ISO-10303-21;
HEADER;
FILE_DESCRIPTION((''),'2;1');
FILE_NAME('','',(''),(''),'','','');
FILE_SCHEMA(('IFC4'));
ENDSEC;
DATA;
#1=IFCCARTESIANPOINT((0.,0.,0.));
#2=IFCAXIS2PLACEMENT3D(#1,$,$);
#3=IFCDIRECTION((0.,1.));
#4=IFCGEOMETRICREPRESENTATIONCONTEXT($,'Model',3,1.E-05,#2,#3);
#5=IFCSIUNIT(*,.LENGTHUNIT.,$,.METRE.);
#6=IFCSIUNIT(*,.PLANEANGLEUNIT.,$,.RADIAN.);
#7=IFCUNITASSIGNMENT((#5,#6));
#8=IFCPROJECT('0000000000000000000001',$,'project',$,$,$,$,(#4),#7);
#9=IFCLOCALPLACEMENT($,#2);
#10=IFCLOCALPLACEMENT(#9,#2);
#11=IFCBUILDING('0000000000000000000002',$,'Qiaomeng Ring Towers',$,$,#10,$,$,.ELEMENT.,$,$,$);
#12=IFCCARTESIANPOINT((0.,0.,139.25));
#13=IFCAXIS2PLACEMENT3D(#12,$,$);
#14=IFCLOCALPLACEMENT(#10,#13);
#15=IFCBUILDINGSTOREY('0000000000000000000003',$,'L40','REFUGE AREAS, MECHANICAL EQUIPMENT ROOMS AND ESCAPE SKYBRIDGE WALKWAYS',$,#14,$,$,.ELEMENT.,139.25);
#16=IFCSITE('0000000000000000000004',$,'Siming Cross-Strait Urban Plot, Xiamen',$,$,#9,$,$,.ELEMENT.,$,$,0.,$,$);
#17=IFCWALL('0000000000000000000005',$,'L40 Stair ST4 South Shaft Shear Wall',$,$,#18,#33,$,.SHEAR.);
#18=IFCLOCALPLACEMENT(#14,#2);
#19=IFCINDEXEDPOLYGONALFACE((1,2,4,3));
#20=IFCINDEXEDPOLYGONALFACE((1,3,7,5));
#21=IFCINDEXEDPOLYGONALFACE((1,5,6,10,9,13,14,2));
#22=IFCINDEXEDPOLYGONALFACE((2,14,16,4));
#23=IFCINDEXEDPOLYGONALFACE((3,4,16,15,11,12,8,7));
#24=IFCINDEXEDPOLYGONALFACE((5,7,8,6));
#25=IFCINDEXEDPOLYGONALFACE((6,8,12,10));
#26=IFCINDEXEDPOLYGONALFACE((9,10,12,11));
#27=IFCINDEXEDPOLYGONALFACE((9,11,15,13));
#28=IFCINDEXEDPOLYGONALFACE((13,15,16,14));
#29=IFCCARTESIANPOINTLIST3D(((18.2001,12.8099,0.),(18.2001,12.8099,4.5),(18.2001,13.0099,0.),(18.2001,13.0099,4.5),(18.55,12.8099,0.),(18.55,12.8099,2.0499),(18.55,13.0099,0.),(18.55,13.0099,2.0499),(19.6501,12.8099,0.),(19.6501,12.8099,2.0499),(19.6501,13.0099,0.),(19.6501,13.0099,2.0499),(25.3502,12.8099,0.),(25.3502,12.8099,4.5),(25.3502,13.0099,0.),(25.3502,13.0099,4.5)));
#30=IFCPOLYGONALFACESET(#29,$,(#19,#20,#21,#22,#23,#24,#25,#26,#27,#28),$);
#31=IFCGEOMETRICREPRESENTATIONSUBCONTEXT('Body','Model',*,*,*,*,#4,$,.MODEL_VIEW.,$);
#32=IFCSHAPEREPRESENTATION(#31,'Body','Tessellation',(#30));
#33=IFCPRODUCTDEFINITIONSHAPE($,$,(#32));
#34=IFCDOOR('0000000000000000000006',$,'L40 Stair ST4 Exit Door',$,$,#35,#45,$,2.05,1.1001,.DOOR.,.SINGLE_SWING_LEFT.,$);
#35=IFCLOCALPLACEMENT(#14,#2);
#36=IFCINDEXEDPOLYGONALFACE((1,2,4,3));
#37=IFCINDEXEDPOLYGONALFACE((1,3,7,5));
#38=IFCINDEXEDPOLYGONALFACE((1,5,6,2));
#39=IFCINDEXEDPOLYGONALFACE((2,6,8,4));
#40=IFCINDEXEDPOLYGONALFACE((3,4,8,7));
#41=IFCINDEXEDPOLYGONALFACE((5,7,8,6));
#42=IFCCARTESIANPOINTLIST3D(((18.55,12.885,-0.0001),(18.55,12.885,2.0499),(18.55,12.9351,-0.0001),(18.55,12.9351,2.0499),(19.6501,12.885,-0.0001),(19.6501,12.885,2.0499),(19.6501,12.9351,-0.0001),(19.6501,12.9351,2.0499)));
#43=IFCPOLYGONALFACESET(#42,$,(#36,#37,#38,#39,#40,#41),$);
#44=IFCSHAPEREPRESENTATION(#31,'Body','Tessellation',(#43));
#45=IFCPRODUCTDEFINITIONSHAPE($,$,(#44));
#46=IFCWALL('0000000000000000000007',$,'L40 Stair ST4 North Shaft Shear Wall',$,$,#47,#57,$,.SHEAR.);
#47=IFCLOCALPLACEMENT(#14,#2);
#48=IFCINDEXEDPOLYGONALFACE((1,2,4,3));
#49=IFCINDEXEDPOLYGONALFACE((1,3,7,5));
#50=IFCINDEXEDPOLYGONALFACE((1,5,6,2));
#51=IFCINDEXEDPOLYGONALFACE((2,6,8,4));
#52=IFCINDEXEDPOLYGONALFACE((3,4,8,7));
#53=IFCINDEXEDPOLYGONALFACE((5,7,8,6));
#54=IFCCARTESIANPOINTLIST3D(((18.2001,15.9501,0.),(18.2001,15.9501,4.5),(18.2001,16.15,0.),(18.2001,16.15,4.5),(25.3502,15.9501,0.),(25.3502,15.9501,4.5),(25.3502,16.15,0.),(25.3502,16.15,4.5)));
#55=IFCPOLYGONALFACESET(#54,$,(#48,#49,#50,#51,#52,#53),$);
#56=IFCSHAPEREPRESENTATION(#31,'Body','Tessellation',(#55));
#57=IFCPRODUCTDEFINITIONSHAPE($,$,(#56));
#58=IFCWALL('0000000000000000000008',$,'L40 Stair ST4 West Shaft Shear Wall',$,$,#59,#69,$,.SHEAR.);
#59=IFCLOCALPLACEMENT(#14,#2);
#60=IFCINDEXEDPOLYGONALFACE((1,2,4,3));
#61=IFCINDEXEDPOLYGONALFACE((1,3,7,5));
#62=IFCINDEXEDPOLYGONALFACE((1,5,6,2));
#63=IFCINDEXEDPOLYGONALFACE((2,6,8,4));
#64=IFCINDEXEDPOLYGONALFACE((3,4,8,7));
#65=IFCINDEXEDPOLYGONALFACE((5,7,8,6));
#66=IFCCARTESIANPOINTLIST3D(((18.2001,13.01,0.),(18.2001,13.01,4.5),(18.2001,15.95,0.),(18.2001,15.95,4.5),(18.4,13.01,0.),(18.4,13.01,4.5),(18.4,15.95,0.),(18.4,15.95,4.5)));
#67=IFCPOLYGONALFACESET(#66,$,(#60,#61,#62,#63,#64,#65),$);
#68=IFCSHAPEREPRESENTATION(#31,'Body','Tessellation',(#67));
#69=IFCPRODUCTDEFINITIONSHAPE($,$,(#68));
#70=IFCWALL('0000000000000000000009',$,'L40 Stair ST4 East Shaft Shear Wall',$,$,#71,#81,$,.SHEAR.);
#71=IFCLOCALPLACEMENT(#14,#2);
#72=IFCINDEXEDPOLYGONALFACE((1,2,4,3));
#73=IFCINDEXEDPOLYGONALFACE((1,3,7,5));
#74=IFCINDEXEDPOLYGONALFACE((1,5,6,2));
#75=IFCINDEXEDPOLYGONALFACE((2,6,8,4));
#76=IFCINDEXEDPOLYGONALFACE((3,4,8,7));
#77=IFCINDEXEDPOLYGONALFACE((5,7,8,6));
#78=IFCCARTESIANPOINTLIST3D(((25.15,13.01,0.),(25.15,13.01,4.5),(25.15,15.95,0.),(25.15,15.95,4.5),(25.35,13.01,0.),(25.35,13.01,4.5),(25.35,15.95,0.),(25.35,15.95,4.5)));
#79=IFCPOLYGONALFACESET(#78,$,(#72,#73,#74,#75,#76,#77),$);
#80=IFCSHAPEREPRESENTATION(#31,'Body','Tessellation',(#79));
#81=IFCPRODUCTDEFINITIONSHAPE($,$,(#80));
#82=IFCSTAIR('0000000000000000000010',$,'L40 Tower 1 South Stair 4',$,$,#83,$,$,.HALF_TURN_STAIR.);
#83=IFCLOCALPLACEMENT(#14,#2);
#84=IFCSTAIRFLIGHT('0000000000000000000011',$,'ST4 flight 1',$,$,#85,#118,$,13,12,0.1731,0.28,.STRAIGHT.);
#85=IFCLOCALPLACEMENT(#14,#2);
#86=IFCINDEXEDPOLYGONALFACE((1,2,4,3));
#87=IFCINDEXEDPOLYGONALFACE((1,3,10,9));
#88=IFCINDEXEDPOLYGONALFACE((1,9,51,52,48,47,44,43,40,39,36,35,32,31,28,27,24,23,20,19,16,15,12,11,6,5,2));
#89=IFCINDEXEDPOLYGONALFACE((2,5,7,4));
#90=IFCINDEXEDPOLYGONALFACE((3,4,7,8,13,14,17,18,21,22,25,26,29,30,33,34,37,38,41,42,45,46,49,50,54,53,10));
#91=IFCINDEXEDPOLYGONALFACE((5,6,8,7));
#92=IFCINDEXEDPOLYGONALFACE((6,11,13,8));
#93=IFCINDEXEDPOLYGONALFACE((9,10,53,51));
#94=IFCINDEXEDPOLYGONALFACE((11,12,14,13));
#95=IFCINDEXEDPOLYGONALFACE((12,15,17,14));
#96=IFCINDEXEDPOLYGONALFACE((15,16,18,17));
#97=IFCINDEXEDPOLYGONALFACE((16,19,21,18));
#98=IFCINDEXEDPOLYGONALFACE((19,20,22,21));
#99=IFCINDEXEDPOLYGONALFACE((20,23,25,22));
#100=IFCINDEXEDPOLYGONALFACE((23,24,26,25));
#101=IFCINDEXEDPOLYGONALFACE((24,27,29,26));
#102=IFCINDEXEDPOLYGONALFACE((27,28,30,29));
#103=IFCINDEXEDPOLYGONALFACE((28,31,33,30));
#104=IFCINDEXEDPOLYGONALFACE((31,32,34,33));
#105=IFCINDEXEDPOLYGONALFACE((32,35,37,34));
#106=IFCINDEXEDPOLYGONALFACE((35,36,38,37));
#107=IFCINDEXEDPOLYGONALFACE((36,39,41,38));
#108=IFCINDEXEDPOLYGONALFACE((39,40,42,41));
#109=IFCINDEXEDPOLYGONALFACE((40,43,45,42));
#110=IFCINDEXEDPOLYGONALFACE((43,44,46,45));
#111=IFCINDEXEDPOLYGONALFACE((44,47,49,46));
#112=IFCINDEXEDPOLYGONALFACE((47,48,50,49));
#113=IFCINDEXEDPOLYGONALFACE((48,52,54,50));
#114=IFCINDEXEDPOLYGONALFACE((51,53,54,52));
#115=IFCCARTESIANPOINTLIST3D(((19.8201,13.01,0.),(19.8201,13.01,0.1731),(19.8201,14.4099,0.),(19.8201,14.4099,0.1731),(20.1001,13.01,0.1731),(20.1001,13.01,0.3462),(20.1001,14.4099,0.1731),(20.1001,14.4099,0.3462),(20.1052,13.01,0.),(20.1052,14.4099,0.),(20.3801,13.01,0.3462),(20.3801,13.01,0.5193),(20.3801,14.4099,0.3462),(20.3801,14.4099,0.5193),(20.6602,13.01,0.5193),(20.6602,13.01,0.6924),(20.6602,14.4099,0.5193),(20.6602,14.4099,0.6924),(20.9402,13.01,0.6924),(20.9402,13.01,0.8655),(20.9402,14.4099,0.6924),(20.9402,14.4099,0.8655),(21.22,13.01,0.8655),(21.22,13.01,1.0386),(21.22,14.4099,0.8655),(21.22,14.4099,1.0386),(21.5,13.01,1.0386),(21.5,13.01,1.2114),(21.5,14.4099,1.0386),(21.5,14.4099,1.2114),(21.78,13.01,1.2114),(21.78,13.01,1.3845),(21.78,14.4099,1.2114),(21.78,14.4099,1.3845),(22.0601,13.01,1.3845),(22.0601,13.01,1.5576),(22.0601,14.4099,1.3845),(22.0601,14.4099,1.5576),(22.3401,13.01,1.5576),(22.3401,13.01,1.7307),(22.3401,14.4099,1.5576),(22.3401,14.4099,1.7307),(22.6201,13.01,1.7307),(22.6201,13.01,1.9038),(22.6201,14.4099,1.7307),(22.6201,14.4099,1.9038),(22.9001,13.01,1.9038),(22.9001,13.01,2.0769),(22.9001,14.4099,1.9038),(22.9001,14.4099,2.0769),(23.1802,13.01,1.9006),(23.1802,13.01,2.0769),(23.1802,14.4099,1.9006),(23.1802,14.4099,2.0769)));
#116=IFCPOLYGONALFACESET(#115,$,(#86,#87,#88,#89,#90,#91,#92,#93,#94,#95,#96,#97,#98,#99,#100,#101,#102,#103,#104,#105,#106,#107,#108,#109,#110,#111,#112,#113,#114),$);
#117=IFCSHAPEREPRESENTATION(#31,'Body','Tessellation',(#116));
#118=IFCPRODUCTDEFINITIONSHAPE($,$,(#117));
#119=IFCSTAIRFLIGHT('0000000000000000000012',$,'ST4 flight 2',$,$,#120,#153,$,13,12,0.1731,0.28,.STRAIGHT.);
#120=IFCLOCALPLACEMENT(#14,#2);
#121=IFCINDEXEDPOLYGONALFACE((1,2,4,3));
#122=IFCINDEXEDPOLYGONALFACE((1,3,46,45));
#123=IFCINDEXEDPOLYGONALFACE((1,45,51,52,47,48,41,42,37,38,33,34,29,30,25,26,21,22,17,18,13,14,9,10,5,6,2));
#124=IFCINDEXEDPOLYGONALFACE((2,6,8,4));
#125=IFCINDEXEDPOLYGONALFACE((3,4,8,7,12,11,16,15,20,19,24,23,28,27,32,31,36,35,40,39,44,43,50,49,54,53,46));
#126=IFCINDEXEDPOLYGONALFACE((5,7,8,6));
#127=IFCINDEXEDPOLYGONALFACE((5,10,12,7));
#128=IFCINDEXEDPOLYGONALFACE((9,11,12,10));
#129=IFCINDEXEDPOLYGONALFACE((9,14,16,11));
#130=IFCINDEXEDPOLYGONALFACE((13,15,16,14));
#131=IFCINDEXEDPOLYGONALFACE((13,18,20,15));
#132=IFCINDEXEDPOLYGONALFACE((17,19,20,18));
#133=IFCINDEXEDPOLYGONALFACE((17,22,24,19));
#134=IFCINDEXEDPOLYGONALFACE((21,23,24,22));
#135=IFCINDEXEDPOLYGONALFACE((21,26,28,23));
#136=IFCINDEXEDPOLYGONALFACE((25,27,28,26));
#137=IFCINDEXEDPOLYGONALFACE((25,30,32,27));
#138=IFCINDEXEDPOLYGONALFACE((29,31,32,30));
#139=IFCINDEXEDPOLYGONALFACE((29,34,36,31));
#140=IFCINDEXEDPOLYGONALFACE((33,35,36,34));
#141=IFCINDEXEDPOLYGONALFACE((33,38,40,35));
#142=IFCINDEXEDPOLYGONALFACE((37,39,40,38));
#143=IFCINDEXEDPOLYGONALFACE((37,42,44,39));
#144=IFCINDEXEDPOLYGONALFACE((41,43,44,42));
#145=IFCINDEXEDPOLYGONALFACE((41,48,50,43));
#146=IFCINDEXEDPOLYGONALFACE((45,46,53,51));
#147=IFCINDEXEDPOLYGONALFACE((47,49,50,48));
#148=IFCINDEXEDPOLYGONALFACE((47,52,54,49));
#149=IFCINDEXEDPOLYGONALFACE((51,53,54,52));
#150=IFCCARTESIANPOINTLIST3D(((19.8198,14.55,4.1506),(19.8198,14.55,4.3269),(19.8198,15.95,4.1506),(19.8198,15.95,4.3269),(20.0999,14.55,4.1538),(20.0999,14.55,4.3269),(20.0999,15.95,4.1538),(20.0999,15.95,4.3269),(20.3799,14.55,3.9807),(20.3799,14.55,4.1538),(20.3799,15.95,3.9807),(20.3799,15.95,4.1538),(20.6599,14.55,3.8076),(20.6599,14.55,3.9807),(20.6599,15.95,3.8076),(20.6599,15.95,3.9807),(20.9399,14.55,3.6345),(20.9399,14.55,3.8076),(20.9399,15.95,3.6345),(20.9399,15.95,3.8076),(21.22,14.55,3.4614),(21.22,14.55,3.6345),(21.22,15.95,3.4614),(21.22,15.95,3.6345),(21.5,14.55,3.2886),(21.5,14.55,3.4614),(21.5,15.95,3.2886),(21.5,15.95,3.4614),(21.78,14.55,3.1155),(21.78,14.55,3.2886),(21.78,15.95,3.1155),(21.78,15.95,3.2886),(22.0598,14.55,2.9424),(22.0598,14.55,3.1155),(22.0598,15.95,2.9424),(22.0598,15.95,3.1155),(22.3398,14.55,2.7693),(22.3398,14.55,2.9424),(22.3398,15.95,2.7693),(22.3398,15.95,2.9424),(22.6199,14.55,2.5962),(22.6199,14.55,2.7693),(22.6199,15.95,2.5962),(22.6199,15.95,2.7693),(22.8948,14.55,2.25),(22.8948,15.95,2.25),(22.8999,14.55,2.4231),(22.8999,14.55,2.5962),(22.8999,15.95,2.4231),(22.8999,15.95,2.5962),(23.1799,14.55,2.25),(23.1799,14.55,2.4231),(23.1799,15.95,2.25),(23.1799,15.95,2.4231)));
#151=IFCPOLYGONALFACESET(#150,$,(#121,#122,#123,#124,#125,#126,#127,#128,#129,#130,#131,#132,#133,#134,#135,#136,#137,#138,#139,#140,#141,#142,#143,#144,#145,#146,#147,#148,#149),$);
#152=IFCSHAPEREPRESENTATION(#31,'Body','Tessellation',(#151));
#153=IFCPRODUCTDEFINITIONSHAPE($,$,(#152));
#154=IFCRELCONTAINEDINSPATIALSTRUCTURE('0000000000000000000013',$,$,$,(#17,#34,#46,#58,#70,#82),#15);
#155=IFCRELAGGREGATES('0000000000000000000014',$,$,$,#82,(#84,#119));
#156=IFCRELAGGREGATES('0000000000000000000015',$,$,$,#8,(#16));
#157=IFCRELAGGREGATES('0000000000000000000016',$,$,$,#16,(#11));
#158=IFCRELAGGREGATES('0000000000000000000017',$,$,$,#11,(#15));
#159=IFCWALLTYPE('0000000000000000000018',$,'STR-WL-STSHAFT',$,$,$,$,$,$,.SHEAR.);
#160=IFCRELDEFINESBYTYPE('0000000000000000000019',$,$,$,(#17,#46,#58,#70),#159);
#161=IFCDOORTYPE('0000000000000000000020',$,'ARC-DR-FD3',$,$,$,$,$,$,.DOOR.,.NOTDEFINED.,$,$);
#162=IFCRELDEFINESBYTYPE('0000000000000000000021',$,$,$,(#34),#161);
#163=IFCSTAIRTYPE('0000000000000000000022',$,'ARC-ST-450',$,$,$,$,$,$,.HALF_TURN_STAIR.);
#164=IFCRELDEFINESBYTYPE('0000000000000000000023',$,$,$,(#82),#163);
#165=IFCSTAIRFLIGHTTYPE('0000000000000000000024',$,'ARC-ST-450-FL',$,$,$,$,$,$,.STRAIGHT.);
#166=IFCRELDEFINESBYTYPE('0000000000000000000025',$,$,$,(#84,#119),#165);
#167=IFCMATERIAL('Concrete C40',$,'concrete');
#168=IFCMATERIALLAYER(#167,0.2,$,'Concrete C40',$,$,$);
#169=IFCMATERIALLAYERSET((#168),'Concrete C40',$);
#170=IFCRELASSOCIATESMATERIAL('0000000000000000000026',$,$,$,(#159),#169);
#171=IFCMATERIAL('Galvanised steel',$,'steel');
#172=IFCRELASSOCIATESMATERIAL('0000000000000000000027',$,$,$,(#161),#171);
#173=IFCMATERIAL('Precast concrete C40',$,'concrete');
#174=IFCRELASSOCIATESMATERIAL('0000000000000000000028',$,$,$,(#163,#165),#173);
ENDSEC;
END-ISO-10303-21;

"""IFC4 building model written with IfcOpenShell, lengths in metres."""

from ifc_helpers import new_model, si_unit, direction, frame, frame_2d, origin, place, context, subcontext, project, spatial, polyline, rectangle, outline, extrude, source, transform, mapped, material, layer, layer_set, type_object, element, fill, aggregate, save


model = new_model("IFC4")

# Units and contexts
model_context = context("Model", 3, precision=1e-05, world=origin(), true_north=direction((0.0, 1.0)))
body_context = subcontext(model_context, "Body", "Model", "MODEL_VIEW")
ifc_project = project(units=[si_unit("LENGTHUNIT", "METRE"), si_unit("PLANEANGLEUNIT", "RADIAN")], contexts=[model_context])

# Site, building, storey
site_placement = place(None, origin())
site = spatial("IfcSite", under=ifc_project, at=site_placement, Name="Siming Cross-Strait Urban Plot, Xiamen", CompositionType="ELEMENT", RefElevation=0.0)
building_placement = place(site_placement, origin())
building = spatial("IfcBuilding", under=site, at=building_placement, Name="Qiaomeng Ring Towers", CompositionType="ELEMENT")
storey_placement = place(building_placement, frame((0.0, 0.0, 139.25)))
storey = spatial("IfcBuildingStorey", under=building, at=storey_placement, Name="L40", Description="REFUGE AREAS, MECHANICAL EQUIPMENT ROOMS AND ESCAPE SKYBRIDGE WALKWAYS", CompositionType="ELEMENT", Elevation=139.25)

# Shared definitions
ifc_material_1 = material(Name="Concrete C40", Category="concrete")
ifc_layer_1 = layer(ifc_material_1, 0.2, Name="Concrete C40")
ifc_layer_set_1 = layer_set([ifc_layer_1], Name="Concrete C40")
wall_type_1 = type_object("IfcWallType", Name="STR-WL-STSHAFT", PredefinedType="SHEAR", material=ifc_layer_set_1)

# Wall, opening, door
wall_1_placement = place(storey_placement, frame((18.2, 12.9099, 0.0), z_axis=(0.0, 0.0, 1.0), x_axis=(1.0, 0.0, 0.0)))
wall_1 = element("IfcWall", 1, at=wall_1_placement, inside=storey, type_object=wall_type_1, Name="L40 Stair ST4 South Shaft Shear Wall", PredefinedType="SHEAR", context=body_context, shape_type="SweptSolid", body=[
    extrude(rectangle(XDim=7.1501, YDim=0.2, at=frame_2d((3.5752, 0.0))), origin(), (0.0, 0.0, 1.0), 4.5),
])
opening_placement = place(wall_1_placement, frame((0.3501, 0.0, 0.0)))
opening = element("IfcOpeningElement", 2, at=opening_placement, cuts=wall_1, PredefinedType="OPENING", context=body_context, shape_type="SweptSolid", body=[
    extrude(rectangle(XDim=1.1001, YDim=2.05, at=frame_2d((0.55, 1.0249))), frame((0.0, 0.1099, 0.0), z_axis=(0.0, -1.0, 0.0), x_axis=(1.0, 0.0, 0.0)), (0.0, 0.0, 1.0), 0.22),
])
ifc_material_2 = material(Name="Galvanised steel", Category="steel")
door_type = type_object("IfcDoorType", Name="ARC-DR-FD3", OperationType="NOTDEFINED", PredefinedType="DOOR", material=ifc_material_2)
shared_shape_1 = source(origin(), body_context, "Body", "SweptSolid", [
    extrude(rectangle(XDim=1.1001, YDim=2.05, at=frame_2d((0.55, 1.0249))), frame((0.0, 0.0249, 0.0), z_axis=(0.0, -1.0, 0.0), x_axis=(1.0, 0.0, 0.0)), (0.0, 0.0, 1.0), 0.05),
])
door_placement = place(opening_placement, frame((1.1001, 0.0, 0.0), z_axis=(0.0, 0.0, 1.0), x_axis=(-1.0, 0.0, 0.0)))
door = element("IfcDoor", 3, at=door_placement, inside=storey, type_object=door_type, Name="L40 Stair ST4 Exit Door", OperationType="SINGLE_SWING_LEFT", OverallHeight=2.05, OverallWidth=1.1001, PredefinedType="DOOR", context=body_context, shape_type="MappedRepresentation", body=[
    mapped(shared_shape_1, transform((0.0, 0.0, 0.0), x_axis=(1.0, 0.0, 0.0), y_axis=(0.0, 1.0, 0.0), z_axis=(0.0, 0.0, 1.0), scale=1.0)),
])
fill(opening, door)

# Walls
wall_2_placement = place(storey_placement, frame((18.2, 16.05, 0.0), z_axis=(0.0, 0.0, 1.0), x_axis=(1.0, 0.0, 0.0)))
element("IfcWall", 4, at=wall_2_placement, inside=storey, type_object=wall_type_1, Name="L40 Stair ST4 North Shaft Shear Wall", PredefinedType="SHEAR", context=body_context, shape_type="SweptSolid", body=[
    extrude(rectangle(XDim=7.1501, YDim=0.2, at=frame_2d((3.5752, 0.0))), origin(), (0.0, 0.0, 1.0), 4.5),
])
for number, where, z_axis, x_axis, name in (
    (5, (18.3, 13.01, 0.0), (0.0, 0.0, 1.0), (0.0, 1.0, 0.0), "L40 Stair ST4 West Shaft Shear Wall"),
    (6, (25.25, 13.01, 0.0), (0.0, 0.0, 1.0), (0.0, 1.0, 0.0), "L40 Stair ST4 East Shaft Shear Wall"),
):
    element("IfcWall", number, at=place(storey_placement, frame(where, z_axis=z_axis, x_axis=x_axis)), inside=storey, type_object=wall_type_1, Name=name, PredefinedType="SHEAR", context=body_context, shape_type="SweptSolid", body=[
        extrude(rectangle(XDim=2.9399, YDim=0.2, at=frame_2d((1.47, 0.0))), origin(), (0.0, 0.0, 1.0), 4.5),
    ])

# Stair, stair flights
ifc_material_3 = material(Name="Precast concrete C40", Category="concrete")
stair_type = type_object("IfcStairType", Name="ARC-ST-450", PredefinedType="HALF_TURN_STAIR", material=ifc_material_3)
stair_placement = place(storey_placement, origin())
stair = element("IfcStair", 7, at=stair_placement, inside=storey, type_object=stair_type, Name="L40 Tower 1 South Stair 4", PredefinedType="HALF_TURN_STAIR")
stair_flight_type = type_object("IfcStairFlightType", Name="ARC-ST-450-FL", PredefinedType="STRAIGHT", material=ifc_material_3)
shared_shape_2 = source(origin(), body_context, "Body", "SweptSolid", [
    extrude(outline(polyline([(0.0, 0.0), (0.0, 0.1731), (0.28, 0.1731), (0.28, 0.3462), (0.5601, 0.3462), (0.5601, 0.5193), (0.8401, 0.5193), (0.8401, 0.6924), (1.1201, 0.6924), (1.1201, 0.8655), (1.3999, 0.8655), (1.3999, 1.0386), (1.6799, 1.0386), (1.6799, 1.2114), (1.96, 1.2114), (1.96, 1.3845), (2.24, 1.3845), (2.24, 1.5576), (2.52, 1.5576), (2.52, 1.7307), (2.8, 1.7307), (2.8, 1.9038), (3.0801, 1.9038), (3.0801, 2.0769), (3.3601, 2.0769), (3.3601, 2.25), (3.3601, 1.9006), (0.2852, 0.0), (0.0, 0.0)])), frame((0.0, 0.7, 0.0), z_axis=(0.0, -1.0, 0.0), x_axis=(1.0, 0.0, 0.0)), (0.0, 0.0, 1.0), 1.3999),
])
stair_flight_1_placement = place(storey_placement, frame((19.8201, 13.71, 0.0), z_axis=(0.0, 0.0, 1.0), x_axis=(1.0, 0.0, 0.0)))
stair_flight_1 = element("IfcStairFlight", 8, at=stair_flight_1_placement, type_object=stair_flight_type, Name="ST4 flight 1", NumberOfRisers=13, NumberOfTreads=12, PredefinedType="STRAIGHT", RiserHeight=0.1731, TreadLength=0.28, context=body_context, shape_type="MappedRepresentation", body=[
    mapped(shared_shape_2, transform((0.0, 0.0, 0.0), x_axis=(1.0, 0.0, 0.0), y_axis=(0.0, 1.0, 0.0), z_axis=(0.0, 0.0, 1.0), scale=1.0)),
])
stair_flight_2_placement = place(storey_placement, frame((23.1799, 15.25, 2.25), z_axis=(0.0, 0.0, 1.0), x_axis=(-1.0, 0.0, 0.0)))
stair_flight_2 = element("IfcStairFlight", 9, at=stair_flight_2_placement, type_object=stair_flight_type, Name="ST4 flight 2", NumberOfRisers=13, NumberOfTreads=12, PredefinedType="STRAIGHT", RiserHeight=0.1731, TreadLength=0.28, context=body_context, shape_type="MappedRepresentation", body=[
    mapped(shared_shape_2, transform((0.0, 0.0, 0.0), x_axis=(1.0, 0.0, 0.0), y_axis=(0.0, 1.0, 0.0), z_axis=(0.0, 0.0, 1.0), scale=1.0)),
])
aggregate(stair, [stair_flight_1, stair_flight_2])

save(model, "model.ifc")
